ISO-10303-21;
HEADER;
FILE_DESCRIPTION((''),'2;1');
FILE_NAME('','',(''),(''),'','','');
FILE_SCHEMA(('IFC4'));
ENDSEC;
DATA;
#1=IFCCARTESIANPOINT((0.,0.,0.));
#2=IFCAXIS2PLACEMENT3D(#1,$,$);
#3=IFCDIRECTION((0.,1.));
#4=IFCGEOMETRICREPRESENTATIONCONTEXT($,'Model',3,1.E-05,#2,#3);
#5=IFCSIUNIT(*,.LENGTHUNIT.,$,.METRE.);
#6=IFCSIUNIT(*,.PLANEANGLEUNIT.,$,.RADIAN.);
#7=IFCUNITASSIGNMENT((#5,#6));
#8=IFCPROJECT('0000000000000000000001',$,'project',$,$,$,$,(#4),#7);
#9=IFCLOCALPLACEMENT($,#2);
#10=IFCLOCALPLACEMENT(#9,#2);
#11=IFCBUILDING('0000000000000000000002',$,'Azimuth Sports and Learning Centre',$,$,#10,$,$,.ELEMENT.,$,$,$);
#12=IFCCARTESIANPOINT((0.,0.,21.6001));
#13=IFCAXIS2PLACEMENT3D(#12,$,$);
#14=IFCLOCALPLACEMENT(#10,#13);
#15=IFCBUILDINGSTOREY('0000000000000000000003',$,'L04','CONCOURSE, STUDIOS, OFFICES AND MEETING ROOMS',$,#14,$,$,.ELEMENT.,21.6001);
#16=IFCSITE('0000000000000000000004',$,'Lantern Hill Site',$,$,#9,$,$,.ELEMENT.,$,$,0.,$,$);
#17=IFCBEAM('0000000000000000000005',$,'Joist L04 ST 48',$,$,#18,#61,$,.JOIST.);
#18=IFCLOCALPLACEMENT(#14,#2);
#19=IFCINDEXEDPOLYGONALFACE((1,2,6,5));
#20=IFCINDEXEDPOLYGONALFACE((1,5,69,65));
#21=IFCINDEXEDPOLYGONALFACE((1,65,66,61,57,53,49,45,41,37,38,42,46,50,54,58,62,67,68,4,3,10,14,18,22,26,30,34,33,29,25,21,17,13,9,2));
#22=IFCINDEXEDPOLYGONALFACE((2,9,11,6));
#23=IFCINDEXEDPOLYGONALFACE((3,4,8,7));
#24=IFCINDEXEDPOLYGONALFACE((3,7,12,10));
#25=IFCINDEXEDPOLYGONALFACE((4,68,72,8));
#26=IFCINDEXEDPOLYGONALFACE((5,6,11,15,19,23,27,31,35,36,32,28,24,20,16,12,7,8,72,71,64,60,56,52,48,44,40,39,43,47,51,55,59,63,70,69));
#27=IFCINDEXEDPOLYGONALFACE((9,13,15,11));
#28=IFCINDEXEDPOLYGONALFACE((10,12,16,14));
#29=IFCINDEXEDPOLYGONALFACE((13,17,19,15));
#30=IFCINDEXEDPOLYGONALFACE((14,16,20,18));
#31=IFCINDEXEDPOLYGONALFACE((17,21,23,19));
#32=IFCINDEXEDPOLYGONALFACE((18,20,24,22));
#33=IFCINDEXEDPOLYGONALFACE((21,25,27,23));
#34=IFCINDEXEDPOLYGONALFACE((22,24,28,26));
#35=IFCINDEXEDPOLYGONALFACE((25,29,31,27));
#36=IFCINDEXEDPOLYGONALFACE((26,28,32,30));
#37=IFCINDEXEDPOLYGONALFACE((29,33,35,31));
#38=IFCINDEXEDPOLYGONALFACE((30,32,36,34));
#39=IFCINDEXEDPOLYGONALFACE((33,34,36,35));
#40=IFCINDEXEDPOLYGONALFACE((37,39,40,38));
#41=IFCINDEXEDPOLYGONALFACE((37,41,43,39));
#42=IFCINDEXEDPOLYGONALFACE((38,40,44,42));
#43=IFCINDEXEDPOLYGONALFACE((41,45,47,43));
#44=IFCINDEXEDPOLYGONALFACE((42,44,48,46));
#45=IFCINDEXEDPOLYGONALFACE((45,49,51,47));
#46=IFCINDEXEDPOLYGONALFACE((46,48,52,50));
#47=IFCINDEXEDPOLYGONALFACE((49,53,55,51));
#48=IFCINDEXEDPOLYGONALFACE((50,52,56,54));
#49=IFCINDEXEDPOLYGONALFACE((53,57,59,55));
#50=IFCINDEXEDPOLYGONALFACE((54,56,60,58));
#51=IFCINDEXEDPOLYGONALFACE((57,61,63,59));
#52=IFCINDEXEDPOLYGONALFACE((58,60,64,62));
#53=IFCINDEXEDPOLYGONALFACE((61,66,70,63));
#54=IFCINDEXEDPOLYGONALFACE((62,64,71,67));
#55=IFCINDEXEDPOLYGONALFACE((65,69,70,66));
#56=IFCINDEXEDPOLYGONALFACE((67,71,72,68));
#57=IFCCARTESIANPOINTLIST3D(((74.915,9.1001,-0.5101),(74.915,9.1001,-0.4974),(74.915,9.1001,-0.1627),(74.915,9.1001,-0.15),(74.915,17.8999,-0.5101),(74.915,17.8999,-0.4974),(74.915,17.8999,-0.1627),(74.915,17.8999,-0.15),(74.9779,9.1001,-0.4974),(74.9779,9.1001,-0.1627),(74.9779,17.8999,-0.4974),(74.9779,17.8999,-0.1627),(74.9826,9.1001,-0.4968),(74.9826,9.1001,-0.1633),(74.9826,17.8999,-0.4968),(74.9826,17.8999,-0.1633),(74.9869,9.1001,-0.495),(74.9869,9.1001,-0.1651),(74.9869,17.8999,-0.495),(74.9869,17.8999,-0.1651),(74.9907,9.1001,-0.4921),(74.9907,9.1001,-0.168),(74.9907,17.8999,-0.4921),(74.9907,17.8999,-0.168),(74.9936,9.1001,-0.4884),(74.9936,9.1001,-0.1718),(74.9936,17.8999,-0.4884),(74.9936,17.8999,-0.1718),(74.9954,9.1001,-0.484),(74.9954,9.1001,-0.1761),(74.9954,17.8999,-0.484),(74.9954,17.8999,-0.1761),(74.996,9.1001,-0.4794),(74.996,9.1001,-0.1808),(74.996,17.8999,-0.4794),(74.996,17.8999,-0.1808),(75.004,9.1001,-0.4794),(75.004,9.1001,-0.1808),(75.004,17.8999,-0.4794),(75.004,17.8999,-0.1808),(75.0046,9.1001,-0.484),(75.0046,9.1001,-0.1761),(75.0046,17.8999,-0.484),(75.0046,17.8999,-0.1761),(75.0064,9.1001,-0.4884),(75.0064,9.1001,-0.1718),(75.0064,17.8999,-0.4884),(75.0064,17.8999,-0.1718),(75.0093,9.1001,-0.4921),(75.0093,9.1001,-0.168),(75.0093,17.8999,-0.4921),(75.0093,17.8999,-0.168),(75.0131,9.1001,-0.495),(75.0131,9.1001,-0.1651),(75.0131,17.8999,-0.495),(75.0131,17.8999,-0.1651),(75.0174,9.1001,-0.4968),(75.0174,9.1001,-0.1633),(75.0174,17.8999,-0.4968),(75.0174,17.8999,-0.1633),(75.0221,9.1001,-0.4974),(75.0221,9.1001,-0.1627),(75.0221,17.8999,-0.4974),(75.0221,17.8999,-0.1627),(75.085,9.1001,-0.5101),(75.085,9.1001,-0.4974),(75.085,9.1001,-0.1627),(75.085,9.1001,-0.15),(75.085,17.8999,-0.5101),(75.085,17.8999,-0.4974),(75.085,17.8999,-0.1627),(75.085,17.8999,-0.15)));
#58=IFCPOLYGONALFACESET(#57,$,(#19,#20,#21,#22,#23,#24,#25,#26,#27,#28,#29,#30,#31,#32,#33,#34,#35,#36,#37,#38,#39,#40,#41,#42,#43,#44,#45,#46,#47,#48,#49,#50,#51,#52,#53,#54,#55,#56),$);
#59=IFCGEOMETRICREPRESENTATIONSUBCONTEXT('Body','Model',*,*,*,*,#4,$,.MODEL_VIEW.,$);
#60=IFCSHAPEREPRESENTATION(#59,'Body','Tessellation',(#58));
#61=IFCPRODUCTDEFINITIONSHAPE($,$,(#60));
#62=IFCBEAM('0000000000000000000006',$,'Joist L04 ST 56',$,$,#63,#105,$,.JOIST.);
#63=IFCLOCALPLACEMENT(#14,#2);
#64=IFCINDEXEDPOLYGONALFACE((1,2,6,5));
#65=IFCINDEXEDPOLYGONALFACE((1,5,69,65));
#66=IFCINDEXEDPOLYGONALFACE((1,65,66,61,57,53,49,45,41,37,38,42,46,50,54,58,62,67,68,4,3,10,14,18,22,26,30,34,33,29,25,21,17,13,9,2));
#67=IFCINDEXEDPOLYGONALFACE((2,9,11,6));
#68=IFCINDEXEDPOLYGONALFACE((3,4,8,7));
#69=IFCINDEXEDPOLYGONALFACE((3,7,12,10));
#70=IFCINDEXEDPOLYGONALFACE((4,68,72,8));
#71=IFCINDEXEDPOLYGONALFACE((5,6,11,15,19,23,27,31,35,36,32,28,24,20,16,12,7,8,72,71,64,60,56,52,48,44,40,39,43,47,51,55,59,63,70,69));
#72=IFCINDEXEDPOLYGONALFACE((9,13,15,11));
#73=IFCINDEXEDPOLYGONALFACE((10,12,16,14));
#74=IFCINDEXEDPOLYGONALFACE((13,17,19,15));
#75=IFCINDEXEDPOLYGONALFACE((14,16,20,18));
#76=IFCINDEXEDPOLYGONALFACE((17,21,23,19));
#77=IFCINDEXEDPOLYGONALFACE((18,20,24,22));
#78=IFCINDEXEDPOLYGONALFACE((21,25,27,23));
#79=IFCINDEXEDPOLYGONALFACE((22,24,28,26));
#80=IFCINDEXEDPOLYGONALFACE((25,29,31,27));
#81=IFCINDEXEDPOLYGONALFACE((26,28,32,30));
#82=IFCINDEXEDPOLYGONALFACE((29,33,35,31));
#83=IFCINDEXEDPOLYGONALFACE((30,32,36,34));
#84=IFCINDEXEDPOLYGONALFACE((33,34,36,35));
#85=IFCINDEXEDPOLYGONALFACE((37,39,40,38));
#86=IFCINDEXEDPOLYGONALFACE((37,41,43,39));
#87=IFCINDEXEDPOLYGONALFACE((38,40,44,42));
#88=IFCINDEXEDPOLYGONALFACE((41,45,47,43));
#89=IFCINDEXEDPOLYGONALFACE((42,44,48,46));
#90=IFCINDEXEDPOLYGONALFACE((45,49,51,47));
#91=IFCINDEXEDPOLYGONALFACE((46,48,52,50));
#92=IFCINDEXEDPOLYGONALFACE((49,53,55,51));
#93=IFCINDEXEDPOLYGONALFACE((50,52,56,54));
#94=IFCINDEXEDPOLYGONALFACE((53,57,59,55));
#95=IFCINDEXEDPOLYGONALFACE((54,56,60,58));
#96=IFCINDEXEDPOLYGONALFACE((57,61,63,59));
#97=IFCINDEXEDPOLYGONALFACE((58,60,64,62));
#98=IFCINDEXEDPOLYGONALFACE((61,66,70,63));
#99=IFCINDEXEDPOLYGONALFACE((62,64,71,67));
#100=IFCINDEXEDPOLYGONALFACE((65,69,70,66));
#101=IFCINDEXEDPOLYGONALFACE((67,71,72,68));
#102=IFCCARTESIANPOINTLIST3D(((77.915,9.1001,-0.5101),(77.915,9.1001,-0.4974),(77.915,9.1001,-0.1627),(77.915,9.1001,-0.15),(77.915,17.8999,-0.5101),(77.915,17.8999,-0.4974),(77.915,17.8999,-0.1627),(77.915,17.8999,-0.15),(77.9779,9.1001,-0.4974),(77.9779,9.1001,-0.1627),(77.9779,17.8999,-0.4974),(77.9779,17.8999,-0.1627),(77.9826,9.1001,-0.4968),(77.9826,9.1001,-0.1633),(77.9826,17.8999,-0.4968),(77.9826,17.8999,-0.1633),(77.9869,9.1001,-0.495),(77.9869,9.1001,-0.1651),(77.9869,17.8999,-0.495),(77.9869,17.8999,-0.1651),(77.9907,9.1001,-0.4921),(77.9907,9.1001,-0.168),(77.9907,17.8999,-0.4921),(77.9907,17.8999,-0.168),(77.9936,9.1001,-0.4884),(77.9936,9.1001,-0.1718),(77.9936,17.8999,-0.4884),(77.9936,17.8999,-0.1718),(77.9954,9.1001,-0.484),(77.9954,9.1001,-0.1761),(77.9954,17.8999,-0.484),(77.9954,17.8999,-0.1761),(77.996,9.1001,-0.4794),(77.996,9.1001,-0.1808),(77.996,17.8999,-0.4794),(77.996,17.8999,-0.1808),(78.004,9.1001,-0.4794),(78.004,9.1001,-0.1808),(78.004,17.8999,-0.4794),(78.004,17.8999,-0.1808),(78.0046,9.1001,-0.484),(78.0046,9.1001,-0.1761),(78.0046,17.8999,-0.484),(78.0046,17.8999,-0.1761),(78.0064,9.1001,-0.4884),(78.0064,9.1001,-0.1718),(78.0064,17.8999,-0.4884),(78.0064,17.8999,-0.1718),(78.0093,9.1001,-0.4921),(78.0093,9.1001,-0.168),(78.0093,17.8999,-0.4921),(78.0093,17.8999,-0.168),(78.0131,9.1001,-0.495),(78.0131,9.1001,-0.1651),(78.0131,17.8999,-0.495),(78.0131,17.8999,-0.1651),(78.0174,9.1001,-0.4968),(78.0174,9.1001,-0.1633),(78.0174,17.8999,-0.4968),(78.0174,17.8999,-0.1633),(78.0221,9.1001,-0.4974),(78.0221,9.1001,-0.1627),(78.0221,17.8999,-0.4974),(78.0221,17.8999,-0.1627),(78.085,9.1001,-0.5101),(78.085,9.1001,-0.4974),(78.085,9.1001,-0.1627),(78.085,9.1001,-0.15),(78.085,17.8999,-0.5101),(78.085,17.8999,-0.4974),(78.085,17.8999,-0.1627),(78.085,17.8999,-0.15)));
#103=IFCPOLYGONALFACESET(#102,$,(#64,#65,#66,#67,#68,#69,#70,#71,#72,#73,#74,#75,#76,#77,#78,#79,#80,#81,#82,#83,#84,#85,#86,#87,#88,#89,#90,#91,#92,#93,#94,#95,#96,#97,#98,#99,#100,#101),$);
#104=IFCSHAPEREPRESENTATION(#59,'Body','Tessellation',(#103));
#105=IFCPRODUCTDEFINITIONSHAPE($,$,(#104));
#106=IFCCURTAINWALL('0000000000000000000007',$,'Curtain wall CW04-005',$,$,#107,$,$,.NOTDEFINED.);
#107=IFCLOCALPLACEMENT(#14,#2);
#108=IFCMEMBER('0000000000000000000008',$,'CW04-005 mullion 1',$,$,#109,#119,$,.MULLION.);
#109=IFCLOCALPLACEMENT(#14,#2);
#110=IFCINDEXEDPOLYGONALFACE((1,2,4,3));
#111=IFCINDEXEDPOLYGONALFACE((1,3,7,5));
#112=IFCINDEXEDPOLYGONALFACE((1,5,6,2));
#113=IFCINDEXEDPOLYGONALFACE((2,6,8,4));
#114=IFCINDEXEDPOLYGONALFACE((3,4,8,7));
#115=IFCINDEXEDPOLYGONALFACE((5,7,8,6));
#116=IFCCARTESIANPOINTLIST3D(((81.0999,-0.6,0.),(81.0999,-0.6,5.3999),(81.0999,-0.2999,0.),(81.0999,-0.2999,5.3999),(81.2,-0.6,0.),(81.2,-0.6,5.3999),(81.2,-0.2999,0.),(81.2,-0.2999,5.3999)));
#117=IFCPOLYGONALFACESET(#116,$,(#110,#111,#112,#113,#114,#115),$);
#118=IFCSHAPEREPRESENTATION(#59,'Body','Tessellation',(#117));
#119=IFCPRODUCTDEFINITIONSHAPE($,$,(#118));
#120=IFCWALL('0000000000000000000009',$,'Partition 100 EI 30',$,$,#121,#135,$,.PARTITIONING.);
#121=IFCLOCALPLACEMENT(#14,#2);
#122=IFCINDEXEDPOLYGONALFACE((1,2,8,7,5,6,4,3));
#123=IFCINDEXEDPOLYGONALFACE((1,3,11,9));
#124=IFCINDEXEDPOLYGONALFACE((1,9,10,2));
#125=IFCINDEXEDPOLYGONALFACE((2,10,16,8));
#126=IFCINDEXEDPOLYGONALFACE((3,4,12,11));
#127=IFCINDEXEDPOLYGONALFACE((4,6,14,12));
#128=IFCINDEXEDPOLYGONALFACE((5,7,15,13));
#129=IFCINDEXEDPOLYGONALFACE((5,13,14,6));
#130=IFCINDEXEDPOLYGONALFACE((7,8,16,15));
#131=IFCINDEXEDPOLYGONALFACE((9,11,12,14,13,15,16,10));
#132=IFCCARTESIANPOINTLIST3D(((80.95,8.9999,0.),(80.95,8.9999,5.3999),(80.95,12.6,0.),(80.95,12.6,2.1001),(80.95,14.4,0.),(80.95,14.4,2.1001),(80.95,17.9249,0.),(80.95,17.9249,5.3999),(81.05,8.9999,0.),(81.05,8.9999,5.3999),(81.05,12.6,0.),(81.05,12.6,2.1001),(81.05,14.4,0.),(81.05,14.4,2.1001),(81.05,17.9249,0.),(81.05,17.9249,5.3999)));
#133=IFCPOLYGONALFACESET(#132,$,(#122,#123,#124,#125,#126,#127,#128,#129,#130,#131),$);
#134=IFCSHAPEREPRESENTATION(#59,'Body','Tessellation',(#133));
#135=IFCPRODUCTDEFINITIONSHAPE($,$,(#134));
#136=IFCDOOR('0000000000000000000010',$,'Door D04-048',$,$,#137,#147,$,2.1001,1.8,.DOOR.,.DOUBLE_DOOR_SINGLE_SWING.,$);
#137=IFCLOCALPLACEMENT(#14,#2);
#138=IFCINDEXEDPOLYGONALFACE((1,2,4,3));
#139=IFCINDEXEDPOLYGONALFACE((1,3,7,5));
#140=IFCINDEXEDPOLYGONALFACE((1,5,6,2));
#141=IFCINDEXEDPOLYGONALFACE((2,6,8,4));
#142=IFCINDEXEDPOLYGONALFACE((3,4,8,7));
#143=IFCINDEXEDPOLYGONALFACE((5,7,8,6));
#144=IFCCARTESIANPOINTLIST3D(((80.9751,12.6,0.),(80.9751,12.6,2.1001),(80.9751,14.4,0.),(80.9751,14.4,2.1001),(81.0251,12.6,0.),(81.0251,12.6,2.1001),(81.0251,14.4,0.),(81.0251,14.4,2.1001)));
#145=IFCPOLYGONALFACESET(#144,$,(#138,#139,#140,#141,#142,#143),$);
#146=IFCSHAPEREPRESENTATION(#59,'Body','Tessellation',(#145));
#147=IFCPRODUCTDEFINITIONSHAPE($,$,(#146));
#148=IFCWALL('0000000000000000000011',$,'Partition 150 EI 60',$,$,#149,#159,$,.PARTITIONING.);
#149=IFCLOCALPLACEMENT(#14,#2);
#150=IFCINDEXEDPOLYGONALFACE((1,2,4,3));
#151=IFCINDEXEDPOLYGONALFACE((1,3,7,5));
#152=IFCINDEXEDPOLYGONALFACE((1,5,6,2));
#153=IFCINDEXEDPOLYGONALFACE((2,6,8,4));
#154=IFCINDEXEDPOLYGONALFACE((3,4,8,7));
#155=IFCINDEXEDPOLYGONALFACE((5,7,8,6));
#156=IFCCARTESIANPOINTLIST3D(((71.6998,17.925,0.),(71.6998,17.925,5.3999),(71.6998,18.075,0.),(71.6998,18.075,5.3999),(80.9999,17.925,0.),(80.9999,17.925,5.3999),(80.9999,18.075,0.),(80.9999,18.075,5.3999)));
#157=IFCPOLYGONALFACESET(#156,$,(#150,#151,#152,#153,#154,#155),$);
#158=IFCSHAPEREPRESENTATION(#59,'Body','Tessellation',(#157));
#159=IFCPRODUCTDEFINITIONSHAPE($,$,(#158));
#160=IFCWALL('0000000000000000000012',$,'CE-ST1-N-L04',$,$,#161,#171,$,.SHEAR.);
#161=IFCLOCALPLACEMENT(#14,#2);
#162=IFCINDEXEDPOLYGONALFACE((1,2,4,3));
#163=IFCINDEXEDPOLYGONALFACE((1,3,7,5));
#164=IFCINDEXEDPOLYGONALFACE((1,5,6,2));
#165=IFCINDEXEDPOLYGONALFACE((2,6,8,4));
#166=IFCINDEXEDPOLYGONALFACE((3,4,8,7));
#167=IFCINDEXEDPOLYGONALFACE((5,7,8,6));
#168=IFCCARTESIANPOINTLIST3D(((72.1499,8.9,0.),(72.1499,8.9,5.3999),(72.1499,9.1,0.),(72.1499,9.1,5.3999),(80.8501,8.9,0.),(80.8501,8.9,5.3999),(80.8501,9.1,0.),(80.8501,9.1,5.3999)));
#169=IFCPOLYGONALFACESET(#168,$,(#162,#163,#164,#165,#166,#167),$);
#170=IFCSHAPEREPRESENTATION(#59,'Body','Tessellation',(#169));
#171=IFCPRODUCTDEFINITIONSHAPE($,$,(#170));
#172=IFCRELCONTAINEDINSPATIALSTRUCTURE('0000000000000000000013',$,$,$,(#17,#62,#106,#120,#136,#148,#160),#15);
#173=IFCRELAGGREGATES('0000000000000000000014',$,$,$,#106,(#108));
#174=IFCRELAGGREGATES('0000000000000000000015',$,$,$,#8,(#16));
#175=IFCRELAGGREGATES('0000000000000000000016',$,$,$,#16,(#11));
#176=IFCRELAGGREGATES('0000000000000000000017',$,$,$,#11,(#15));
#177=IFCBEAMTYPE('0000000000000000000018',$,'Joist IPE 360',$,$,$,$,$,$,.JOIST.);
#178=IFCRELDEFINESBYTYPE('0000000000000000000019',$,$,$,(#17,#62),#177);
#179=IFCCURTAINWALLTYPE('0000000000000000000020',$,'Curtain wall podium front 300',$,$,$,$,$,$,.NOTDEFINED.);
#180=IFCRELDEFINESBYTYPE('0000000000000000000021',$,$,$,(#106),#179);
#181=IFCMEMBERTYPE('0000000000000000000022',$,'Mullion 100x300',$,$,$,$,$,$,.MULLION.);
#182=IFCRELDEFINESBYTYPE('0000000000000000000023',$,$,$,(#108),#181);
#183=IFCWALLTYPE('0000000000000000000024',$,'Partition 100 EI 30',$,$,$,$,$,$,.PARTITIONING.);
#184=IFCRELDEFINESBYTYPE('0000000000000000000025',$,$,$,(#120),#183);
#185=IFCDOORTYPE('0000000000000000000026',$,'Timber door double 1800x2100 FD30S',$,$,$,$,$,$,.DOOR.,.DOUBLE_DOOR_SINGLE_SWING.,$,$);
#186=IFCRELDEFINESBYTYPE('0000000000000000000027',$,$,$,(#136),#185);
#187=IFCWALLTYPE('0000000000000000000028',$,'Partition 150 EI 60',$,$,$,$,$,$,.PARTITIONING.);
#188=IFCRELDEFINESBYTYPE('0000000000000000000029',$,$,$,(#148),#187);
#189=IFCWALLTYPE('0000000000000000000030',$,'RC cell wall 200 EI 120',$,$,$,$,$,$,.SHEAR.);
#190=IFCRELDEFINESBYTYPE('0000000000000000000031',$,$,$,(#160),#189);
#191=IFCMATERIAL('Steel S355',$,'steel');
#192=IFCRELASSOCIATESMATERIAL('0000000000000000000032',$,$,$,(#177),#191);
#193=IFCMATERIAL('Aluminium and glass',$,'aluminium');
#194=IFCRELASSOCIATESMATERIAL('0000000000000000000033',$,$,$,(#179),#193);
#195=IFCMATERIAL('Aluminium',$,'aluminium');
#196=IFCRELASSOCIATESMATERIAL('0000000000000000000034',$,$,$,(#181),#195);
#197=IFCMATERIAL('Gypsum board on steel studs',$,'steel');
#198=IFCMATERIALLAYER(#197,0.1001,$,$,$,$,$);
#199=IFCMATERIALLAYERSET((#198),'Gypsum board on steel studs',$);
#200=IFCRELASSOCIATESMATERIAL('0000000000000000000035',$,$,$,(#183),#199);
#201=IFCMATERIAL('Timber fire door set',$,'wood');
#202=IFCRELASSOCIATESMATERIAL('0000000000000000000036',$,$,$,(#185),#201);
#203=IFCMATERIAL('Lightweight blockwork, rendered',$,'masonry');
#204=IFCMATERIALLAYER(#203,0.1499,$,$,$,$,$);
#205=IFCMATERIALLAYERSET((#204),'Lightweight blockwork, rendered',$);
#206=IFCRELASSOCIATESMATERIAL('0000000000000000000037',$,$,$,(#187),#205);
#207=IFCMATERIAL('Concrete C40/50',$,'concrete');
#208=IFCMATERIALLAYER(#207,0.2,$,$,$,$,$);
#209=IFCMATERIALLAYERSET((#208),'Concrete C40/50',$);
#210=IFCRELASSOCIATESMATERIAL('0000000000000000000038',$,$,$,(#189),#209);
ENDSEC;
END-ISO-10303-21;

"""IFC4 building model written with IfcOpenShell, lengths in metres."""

from ifc_helpers import new_model, si_unit, direction, frame, frame_2d, origin, origin_2d, place, context, subcontext, project, spatial, rectangle, i_section, extrude, material, layer, layer_set, material_profile, profile_set, type_object, element, fill, aggregate, save


model = new_model("IFC4")

# Units and contexts
model_context = context("Model", 3, precision=1e-05, world=origin(), true_north=direction((0.0, 1.0)))
body_context = subcontext(model_context, "Body", "Model", "MODEL_VIEW")
ifc_project = project(units=[si_unit("LENGTHUNIT", "METRE"), si_unit("PLANEANGLEUNIT", "RADIAN")], contexts=[model_context])

# Site, building, storey
site_placement = place(None, origin())
site = spatial("IfcSite", under=ifc_project, at=site_placement, Name="Lantern Hill Site", CompositionType="ELEMENT", RefElevation=0.0)
building_placement = place(site_placement, origin())
building = spatial("IfcBuilding", under=site, at=building_placement, Name="Azimuth Sports and Learning Centre", CompositionType="ELEMENT")
storey_placement = place(building_placement, frame((0.0, 0.0, 21.6001)))
storey = spatial("IfcBuildingStorey", under=building, at=storey_placement, Name="L04", Description="CONCOURSE, STUDIOS, OFFICES AND MEETING ROOMS", CompositionType="ELEMENT", Elevation=21.6001)

# Beams
ifc_material_1 = material(Name="Steel S355", Category="steel")
ifc_material_profile_1 = material_profile(ifc_material_1, i_section(OverallWidth=0.1699, OverallDepth=0.3601, WebThickness=0.0081, FlangeThickness=0.0127, FilletRadius=0.0181, at=origin_2d()), Name="IPE 360")
ifc_profile_set_1 = profile_set([ifc_material_profile_1], Name="Steel S355")
beam_type_1 = type_object("IfcBeamType", Name="Joist IPE 360", PredefinedType="JOIST", material=ifc_profile_set_1)
for number, where, z_axis, x_axis, name in (
    (1, (75.0, 9.1001, -0.3301), (0.0, 1.0, 0.0), (-1.0, 0.0, 0.0), "Joist L04 ST 48"),
    (2, (78.0, 9.1001, -0.3301), (0.0, 1.0, 0.0), (-1.0, 0.0, 0.0), "Joist L04 ST 56"),
):
    element("IfcBeam", number, at=place(storey_placement, frame(where, z_axis=z_axis, x_axis=x_axis)), inside=storey, type_object=beam_type_1, Name=name, PredefinedType="JOIST", context=body_context, shape_type="SweptSolid", body=[
        extrude(i_section(OverallWidth=0.1699, OverallDepth=0.3601, WebThickness=0.0081, FlangeThickness=0.0127, FilletRadius=0.0181, at=origin_2d()), origin(), (0.0, 0.0, 1.0), 8.7998),
    ])

# Curtain wall, member
ifc_material_2 = material(Name="Aluminium and glass", Category="aluminium")
curtain_wall_type = type_object("IfcCurtainWallType", Name="Curtain wall podium front 300", PredefinedType="NOTDEFINED", material=ifc_material_2)
curtain_wall_placement = place(storey_placement, origin())
curtain_wall = element("IfcCurtainWall", 3, at=curtain_wall_placement, inside=storey, type_object=curtain_wall_type, Name="Curtain wall CW04-005", PredefinedType="NOTDEFINED")
ifc_material_3 = material(Name="Aluminium", Category="aluminium")
ifc_material_profile_2 = material_profile(ifc_material_3, rectangle(XDim=0.3, YDim=0.1001, at=origin_2d()), Name="Mullion 100x300")
ifc_profile_set_2 = profile_set([ifc_material_profile_2], Name="Aluminium")
member_type = type_object("IfcMemberType", Name="Mullion 100x300", PredefinedType="MULLION", material=ifc_profile_set_2)
member_placement = place(storey_placement, frame((81.1499, -0.45, 0.0), z_axis=(0.0, 0.0, 1.0), x_axis=(0.0, 1.0, 0.0)))
member = element("IfcMember", 4, at=member_placement, type_object=member_type, Name="CW04-005 mullion 1", PredefinedType="MULLION", context=body_context, shape_type="SweptSolid", body=[
    extrude(rectangle(XDim=0.3, YDim=0.1001, at=origin_2d()), origin(), (0.0, 0.0, 1.0), 5.3999),
])
aggregate(curtain_wall, [member])

# Wall, opening, door
ifc_material_4 = material(Name="Gypsum board on steel studs", Category="steel")
ifc_layer_1 = layer(ifc_material_4, 0.1001)
ifc_layer_set_1 = layer_set([ifc_layer_1], Name="Gypsum board on steel studs")
wall_type_1 = type_object("IfcWallType", Name="Partition 100 EI 30", PredefinedType="PARTITIONING", material=ifc_layer_set_1)
wall_1_placement = place(storey_placement, frame((81.0, 9.0, 0.0), z_axis=(0.0, 0.0, 1.0), x_axis=(0.0, 1.0, 0.0)))
wall_1 = element("IfcWall", 5, at=wall_1_placement, inside=storey, type_object=wall_type_1, Name="Partition 100 EI 30", PredefinedType="PARTITIONING", context=body_context, shape_type="SweptSolid", body=[
    extrude(rectangle(XDim=8.925, YDim=0.1001, at=frame_2d((4.4624, 0.0))), origin(), (0.0, 0.0, 1.0), 5.3999),
])
opening_1_placement = place(wall_1_placement, frame((3.6001, 0.0, 0.0)))
opening_1 = element("IfcOpeningElement", 6, at=opening_1_placement, cuts=wall_1, PredefinedType="OPENING", context=body_context, shape_type="SweptSolid", body=[
    extrude(rectangle(XDim=1.8, YDim=2.1001, at=frame_2d((0.8999, 1.05))), frame((0.0, 0.061, 0.0), z_axis=(0.0, -1.0, 0.0), x_axis=(1.0, 0.0, 0.0)), (0.0, 0.0, 1.0), 0.1221),
])
ifc_material_5 = material(Name="Timber fire door set", Category="wood")
door_type_1 = type_object("IfcDoorType", Name="Timber door double 1800x2100 FD30S", OperationType="DOUBLE_DOOR_SINGLE_SWING", PredefinedType="DOOR", material=ifc_material_5)
door_1_placement = place(opening_1_placement, origin())
door_1 = element("IfcDoor", 7, at=door_1_placement, inside=storey, type_object=door_type_1, Name="Door D04-048", OperationType="DOUBLE_DOOR_SINGLE_SWING", OverallHeight=2.1001, OverallWidth=1.8, PredefinedType="DOOR", context=body_context, shape_type="SweptSolid", body=[
    extrude(rectangle(XDim=1.8, YDim=2.1001, at=frame_2d((0.8999, 1.05))), frame((0.0, 0.0249, 0.0), z_axis=(0.0, -1.0, 0.0), x_axis=(1.0, 0.0, 0.0)), (0.0, 0.0, 1.0), 0.05),
])
fill(opening_1, door_1)

# Walls
ifc_material_6 = material(Name="Lightweight blockwork, rendered", Category="masonry")
ifc_layer_2 = layer(ifc_material_6, 0.1499)
ifc_layer_set_2 = layer_set([ifc_layer_2], Name="Lightweight blockwork, rendered")
wall_type_2 = type_object("IfcWallType", Name="Partition 150 EI 60", PredefinedType="PARTITIONING", material=ifc_layer_set_2)
wall_2_placement = place(storey_placement, frame((71.7, 18.0, 0.0), z_axis=(0.0, 0.0, 1.0), x_axis=(1.0, 0.0, 0.0)))
element("IfcWall", 8, at=wall_2_placement, inside=storey, type_object=wall_type_2, Name="Partition 150 EI 60", PredefinedType="PARTITIONING", context=body_context, shape_type="SweptSolid", body=[
    extrude(rectangle(XDim=9.3, YDim=0.1499, at=frame_2d((4.6499, 0.0))), origin(), (0.0, 0.0, 1.0), 5.3999),
])
ifc_material_7 = material(Name="Concrete C40/50", Category="concrete")
ifc_layer_3 = layer(ifc_material_7, 0.2)
ifc_layer_set_3 = layer_set([ifc_layer_3], Name="Concrete C40/50")
wall_type_3 = type_object("IfcWallType", Name="RC cell wall 200 EI 120", PredefinedType="SHEAR", material=ifc_layer_set_3)
wall_3_placement = place(storey_placement, frame((72.1499, 9.0, 0.0), z_axis=(0.0, 0.0, 1.0), x_axis=(1.0, 0.0, 0.0)))
element("IfcWall", 9, at=wall_3_placement, inside=storey, type_object=wall_type_3, Name="CE-ST1-N-L04", PredefinedType="SHEAR", context=body_context, shape_type="SweptSolid", body=[
    extrude(rectangle(XDim=8.7002, YDim=0.2, at=frame_2d((4.3501, 0.0))), origin(), (0.0, 0.0, 1.0), 5.3999),
])

save(model, "model.ifc")
